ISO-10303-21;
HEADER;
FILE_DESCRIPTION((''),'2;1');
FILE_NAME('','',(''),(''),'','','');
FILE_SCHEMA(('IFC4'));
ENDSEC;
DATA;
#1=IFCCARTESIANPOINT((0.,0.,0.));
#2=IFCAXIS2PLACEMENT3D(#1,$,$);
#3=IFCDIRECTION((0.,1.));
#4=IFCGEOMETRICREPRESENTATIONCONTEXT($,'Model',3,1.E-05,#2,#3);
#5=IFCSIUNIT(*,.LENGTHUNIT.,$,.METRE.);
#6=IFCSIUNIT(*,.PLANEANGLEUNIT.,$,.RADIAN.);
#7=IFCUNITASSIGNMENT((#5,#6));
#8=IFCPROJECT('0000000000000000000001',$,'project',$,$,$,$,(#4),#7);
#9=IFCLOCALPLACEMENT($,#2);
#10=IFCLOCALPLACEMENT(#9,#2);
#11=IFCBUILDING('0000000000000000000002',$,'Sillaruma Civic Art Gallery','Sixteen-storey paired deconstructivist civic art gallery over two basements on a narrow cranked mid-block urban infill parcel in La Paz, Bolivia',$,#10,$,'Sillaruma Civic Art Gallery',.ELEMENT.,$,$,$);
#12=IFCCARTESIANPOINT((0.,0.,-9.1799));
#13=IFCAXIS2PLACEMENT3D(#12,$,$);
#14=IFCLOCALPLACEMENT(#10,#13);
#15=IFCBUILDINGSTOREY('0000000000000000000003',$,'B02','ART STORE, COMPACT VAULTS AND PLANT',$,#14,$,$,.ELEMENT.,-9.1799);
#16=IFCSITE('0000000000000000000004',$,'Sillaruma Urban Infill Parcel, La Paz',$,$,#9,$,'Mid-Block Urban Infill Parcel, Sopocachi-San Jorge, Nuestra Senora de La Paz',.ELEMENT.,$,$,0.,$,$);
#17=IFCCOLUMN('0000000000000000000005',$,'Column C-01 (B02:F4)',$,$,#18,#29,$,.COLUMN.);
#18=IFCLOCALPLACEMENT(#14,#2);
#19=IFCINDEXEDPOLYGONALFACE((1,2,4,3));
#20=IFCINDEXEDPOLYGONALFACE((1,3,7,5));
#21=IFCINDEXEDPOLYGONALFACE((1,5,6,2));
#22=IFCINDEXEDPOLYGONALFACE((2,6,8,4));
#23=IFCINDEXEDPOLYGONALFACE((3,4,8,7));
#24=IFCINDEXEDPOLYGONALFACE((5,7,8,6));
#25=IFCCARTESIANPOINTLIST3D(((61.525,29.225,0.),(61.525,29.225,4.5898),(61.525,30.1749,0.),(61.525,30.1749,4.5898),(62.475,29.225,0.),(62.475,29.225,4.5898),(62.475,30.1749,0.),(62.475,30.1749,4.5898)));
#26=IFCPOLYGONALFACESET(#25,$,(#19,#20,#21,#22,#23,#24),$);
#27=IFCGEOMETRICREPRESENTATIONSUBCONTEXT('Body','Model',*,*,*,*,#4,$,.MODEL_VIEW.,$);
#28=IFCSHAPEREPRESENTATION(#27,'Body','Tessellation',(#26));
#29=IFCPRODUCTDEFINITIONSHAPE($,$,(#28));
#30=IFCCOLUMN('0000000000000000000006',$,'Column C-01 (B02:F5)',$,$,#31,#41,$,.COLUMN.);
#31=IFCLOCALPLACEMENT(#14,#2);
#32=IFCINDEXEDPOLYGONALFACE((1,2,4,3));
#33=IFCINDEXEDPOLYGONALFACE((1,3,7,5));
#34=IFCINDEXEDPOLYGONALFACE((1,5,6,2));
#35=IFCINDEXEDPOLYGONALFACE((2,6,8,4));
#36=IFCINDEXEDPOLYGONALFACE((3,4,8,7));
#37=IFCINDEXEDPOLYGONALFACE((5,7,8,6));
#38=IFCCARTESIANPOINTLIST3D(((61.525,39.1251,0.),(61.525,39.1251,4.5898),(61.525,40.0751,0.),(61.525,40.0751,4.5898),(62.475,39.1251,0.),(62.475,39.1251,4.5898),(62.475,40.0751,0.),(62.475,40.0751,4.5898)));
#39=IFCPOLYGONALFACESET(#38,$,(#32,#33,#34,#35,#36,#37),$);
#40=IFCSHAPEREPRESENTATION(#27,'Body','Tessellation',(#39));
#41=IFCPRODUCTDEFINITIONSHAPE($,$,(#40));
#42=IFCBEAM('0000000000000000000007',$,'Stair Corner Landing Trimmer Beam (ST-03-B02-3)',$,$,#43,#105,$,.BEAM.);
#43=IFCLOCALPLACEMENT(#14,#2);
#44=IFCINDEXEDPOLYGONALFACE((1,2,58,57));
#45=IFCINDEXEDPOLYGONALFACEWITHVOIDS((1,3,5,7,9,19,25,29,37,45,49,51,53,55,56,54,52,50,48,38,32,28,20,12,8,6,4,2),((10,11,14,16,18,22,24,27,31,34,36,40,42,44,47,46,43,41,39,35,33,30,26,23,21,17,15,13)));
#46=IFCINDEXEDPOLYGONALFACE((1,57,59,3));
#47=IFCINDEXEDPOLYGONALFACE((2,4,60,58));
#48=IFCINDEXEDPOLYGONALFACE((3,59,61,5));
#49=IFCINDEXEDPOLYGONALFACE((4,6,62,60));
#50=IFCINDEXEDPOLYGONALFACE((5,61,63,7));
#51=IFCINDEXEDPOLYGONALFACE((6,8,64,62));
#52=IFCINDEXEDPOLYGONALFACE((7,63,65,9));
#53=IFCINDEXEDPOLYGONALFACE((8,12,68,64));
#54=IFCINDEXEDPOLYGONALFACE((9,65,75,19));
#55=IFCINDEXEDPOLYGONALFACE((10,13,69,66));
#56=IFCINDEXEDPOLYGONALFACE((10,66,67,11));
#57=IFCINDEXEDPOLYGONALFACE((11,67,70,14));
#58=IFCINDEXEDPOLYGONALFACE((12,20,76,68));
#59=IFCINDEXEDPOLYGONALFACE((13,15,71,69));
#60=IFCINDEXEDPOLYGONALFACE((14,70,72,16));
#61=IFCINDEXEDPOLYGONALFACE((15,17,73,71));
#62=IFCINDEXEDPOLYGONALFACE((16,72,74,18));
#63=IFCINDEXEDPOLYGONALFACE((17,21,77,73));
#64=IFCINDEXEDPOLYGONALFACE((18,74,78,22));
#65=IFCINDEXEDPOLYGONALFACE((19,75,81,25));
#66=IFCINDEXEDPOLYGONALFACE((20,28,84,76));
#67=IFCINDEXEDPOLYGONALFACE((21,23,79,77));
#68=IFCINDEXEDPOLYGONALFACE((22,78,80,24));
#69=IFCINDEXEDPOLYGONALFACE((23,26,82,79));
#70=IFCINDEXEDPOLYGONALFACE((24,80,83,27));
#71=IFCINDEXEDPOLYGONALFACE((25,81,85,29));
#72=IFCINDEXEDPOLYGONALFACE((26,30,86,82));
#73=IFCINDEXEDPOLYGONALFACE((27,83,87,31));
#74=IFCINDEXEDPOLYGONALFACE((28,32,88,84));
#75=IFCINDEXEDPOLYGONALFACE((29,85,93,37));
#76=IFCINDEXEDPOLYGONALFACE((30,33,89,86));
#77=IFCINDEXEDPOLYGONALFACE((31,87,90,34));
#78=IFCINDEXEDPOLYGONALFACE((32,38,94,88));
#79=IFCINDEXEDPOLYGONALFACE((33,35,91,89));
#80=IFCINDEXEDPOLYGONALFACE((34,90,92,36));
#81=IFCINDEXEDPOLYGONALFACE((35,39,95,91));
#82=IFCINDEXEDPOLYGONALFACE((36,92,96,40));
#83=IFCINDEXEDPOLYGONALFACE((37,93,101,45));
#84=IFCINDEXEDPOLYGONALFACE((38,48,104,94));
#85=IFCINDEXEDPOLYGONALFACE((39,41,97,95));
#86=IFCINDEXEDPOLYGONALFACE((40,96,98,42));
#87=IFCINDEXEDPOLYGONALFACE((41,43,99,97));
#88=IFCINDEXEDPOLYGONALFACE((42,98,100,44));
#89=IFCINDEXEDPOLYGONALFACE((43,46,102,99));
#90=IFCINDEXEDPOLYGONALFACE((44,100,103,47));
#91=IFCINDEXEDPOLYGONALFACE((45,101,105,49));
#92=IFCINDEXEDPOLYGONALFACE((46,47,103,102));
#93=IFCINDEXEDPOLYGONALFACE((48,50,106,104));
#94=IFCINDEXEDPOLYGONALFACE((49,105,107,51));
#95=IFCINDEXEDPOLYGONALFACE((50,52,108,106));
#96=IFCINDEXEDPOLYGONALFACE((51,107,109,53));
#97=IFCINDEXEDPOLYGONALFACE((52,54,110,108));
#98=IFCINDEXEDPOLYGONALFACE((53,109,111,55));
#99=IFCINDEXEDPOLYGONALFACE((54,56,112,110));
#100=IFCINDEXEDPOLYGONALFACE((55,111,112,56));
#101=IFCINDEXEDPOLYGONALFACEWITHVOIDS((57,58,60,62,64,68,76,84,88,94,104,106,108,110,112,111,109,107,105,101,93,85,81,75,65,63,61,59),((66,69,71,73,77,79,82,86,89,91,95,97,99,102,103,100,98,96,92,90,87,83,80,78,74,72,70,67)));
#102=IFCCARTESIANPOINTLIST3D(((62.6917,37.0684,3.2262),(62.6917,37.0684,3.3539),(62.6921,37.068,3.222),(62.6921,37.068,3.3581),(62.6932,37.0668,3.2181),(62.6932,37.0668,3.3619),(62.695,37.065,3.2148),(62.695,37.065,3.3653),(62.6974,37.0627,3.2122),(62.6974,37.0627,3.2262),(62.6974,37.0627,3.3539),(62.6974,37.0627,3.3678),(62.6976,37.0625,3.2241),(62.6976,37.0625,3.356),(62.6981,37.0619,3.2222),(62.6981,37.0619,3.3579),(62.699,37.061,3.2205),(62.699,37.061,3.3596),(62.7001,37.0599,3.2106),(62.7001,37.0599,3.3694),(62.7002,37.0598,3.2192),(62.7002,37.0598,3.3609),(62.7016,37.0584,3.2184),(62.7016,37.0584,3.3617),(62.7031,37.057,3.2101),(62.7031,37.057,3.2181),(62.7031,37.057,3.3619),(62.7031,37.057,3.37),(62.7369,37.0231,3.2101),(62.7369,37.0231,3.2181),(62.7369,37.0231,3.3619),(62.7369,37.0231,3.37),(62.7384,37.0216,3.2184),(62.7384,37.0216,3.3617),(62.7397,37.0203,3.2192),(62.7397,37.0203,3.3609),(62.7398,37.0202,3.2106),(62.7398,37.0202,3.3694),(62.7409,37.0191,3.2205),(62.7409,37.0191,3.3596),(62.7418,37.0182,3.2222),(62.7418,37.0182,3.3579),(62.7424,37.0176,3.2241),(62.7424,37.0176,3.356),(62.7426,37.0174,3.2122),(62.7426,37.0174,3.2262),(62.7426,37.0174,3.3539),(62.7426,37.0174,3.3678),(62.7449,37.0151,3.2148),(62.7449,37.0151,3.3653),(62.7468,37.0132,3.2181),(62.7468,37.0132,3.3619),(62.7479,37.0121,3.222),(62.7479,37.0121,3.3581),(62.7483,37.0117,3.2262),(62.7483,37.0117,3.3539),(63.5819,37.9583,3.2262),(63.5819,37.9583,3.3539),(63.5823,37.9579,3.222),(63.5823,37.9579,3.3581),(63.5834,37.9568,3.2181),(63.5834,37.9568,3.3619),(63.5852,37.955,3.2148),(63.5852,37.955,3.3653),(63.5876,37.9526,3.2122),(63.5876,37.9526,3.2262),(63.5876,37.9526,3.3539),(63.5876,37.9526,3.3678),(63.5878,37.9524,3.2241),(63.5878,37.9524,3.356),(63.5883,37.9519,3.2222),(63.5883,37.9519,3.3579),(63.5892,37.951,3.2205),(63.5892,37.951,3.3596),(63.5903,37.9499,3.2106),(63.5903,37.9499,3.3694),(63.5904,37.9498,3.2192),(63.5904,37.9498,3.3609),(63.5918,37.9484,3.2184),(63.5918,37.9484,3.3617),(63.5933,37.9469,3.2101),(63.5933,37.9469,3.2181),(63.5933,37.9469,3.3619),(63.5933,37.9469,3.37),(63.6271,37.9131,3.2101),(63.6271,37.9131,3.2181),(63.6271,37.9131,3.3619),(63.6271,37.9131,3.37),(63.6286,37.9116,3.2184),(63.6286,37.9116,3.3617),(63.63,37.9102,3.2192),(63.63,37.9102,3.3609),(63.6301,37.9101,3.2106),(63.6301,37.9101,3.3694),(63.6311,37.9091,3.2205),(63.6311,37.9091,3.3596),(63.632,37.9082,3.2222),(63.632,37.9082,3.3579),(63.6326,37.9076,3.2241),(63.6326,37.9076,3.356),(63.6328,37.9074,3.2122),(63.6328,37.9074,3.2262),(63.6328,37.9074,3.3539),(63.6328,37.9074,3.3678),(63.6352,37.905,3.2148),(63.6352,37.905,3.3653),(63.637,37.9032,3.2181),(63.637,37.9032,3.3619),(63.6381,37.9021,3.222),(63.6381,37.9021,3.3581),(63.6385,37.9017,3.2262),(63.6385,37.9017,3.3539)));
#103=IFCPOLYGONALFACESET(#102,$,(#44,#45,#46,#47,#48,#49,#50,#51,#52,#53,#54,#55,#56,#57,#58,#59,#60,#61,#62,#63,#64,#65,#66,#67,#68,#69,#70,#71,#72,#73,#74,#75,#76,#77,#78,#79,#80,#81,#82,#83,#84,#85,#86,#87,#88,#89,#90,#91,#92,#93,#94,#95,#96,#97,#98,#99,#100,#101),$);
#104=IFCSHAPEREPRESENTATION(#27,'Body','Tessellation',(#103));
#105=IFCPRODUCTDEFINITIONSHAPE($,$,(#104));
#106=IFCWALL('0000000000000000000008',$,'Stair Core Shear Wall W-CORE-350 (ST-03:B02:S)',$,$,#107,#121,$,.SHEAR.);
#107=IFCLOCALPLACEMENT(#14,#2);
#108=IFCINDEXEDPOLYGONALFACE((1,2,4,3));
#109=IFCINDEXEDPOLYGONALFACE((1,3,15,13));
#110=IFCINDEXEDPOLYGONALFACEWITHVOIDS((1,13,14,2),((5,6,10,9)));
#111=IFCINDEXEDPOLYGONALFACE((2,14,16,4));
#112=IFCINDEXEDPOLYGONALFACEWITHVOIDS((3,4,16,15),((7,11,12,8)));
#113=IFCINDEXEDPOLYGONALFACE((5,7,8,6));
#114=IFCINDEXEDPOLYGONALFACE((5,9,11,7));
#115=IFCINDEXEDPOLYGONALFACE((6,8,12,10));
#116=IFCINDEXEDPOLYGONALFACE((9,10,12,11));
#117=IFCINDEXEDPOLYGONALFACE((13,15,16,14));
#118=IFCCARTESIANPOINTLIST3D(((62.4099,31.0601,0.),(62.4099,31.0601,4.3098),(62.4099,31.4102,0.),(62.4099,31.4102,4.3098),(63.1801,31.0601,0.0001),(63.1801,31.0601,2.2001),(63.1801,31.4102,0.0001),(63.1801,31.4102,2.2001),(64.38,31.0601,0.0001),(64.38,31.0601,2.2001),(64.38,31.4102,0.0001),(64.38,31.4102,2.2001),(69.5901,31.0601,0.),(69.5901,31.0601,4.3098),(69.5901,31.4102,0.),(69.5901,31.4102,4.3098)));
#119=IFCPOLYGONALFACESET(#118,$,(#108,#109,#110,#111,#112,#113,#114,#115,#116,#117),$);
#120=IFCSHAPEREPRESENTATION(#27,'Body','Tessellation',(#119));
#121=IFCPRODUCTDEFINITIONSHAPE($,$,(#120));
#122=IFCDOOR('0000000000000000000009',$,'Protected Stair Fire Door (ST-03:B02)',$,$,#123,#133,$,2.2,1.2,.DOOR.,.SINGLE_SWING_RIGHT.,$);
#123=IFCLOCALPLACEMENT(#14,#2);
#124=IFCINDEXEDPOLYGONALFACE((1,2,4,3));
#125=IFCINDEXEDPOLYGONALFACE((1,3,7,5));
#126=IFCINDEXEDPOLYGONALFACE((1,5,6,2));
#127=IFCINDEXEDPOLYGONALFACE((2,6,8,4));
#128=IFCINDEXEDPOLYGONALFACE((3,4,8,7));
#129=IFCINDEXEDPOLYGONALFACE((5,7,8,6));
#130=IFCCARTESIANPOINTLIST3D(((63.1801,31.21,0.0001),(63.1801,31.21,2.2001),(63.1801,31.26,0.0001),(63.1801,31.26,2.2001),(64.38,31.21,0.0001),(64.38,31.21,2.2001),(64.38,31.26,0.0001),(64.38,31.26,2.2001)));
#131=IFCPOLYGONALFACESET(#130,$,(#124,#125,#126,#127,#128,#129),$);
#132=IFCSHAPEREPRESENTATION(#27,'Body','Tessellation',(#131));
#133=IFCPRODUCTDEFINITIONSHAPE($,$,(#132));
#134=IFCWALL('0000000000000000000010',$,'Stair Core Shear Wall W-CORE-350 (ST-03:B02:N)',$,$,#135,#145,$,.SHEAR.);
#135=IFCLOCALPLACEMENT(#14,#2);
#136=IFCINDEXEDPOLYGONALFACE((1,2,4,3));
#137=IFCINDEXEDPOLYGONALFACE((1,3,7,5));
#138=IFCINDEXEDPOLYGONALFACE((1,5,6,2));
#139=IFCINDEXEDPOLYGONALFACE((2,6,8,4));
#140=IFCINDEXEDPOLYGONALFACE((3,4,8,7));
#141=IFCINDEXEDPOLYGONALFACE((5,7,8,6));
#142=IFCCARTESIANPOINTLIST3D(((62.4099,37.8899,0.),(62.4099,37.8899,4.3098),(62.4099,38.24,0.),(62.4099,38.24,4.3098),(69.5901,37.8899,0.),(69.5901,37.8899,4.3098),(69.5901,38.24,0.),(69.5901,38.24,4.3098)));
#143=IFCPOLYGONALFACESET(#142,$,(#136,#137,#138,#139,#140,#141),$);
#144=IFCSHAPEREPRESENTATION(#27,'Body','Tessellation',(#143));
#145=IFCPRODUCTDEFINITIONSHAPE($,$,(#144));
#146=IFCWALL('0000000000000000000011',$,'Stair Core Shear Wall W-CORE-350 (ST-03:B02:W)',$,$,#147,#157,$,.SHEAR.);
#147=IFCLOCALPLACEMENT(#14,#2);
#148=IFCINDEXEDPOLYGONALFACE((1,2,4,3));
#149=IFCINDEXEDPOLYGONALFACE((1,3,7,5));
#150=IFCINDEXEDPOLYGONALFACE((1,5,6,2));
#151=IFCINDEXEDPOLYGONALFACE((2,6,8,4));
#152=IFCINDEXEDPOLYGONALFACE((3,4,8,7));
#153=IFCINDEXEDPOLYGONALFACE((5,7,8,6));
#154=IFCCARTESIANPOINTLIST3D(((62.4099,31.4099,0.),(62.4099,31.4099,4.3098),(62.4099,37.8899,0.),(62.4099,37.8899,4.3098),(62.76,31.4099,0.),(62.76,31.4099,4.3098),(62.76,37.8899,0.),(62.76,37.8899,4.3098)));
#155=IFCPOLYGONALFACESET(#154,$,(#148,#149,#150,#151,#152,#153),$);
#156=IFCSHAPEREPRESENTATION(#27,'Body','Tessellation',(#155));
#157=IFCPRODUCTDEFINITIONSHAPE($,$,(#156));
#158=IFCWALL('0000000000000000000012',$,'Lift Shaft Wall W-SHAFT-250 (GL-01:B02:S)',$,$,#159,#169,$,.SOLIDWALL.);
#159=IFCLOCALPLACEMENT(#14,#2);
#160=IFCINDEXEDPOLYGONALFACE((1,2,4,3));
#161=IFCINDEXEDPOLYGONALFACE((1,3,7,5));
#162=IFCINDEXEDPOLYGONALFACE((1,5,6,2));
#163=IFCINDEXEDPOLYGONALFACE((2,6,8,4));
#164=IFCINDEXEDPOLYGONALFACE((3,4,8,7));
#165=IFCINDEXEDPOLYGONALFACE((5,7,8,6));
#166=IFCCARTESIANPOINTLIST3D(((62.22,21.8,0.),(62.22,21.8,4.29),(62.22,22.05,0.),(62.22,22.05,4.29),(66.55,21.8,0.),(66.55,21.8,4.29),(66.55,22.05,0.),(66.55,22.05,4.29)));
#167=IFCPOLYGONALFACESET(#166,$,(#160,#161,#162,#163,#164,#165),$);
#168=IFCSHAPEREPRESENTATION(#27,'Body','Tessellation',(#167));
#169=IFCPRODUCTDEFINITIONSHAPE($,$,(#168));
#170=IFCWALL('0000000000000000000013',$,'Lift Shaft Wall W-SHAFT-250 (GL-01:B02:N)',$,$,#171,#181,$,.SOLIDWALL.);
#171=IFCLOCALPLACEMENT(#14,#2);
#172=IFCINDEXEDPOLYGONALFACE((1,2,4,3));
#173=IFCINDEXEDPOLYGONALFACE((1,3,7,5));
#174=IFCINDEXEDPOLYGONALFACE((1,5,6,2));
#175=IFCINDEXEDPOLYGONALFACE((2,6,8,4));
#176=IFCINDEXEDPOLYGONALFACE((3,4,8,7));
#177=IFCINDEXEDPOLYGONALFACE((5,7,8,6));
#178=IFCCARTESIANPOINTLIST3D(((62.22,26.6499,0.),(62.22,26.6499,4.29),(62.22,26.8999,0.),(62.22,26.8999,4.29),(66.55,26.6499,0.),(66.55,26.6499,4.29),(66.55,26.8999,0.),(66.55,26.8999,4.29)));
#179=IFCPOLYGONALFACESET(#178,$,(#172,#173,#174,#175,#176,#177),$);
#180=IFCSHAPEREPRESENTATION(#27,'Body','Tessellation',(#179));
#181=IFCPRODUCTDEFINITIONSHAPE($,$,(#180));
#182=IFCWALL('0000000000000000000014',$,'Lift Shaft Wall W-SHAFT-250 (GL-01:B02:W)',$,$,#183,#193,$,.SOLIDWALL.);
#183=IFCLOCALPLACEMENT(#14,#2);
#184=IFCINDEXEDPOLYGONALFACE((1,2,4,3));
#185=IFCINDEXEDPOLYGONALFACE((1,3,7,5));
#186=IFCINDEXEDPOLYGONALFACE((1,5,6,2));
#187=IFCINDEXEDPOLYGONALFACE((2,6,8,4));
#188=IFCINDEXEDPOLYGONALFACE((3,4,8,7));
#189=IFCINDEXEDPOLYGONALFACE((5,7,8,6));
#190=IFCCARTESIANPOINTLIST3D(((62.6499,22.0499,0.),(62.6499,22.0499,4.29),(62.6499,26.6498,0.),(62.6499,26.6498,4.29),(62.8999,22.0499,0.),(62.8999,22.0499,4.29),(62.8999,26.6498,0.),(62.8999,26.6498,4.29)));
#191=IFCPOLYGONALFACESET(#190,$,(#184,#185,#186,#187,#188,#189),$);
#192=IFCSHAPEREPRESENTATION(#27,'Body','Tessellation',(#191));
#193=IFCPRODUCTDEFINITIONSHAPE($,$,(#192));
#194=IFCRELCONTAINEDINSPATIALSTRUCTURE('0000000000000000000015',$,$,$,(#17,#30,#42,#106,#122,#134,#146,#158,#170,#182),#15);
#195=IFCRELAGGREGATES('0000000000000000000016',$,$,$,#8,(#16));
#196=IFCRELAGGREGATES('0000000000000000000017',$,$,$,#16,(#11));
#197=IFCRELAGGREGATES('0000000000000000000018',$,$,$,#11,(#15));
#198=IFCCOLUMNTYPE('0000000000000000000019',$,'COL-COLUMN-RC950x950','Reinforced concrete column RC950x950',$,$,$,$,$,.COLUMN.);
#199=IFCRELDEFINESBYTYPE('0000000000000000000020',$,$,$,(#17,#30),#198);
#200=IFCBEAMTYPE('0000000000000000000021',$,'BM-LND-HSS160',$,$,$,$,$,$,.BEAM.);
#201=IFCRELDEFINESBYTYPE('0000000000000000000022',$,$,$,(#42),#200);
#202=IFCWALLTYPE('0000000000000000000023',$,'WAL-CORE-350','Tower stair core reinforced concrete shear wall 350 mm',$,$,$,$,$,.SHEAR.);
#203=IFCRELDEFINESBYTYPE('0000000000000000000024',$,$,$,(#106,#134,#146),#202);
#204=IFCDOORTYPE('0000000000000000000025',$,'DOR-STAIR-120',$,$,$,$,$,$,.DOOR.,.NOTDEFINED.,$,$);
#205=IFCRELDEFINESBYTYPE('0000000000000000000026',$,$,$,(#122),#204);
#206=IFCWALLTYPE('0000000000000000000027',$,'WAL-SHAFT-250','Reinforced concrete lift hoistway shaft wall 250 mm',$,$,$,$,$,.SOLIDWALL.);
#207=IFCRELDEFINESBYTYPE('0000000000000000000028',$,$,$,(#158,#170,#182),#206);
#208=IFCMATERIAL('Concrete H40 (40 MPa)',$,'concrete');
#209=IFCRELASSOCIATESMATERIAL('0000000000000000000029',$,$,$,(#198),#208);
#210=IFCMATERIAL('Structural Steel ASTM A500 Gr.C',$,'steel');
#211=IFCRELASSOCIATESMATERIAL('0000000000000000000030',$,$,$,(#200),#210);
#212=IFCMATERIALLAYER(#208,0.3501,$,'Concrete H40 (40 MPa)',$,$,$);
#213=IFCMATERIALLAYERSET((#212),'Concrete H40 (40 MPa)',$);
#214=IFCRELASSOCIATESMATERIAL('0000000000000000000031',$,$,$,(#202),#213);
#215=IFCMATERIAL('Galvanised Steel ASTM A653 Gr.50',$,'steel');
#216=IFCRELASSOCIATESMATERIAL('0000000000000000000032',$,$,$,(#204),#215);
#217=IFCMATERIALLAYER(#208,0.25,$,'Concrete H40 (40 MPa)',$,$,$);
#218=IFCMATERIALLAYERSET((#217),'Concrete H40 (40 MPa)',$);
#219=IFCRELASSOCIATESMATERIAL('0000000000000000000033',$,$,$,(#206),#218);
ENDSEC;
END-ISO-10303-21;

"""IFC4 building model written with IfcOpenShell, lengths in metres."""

from ifc_helpers import new_model, si_unit, direction, frame, frame_2d, origin, origin_2d, place, context, subcontext, project, spatial, rectangle, hollow_rectangle, extrude, material, layer, layer_set, material_profile, profile_set, type_object, element, fill, save


model = new_model("IFC4")

# Units and contexts
model_context = context("Model", 3, precision=1e-05, world=origin(), true_north=direction((0.0, 1.0)))
body_context = subcontext(model_context, "Body", "Model", "MODEL_VIEW")
ifc_project = project(units=[si_unit("LENGTHUNIT", "METRE"), si_unit("PLANEANGLEUNIT", "RADIAN")], contexts=[model_context])

# Site, building, storey
site_placement = place(None, origin())
site = spatial("IfcSite", under=ifc_project, at=site_placement, Name="Sillaruma Urban Infill Parcel, La Paz", LongName="Mid-Block Urban Infill Parcel, Sopocachi-San Jorge, Nuestra Senora de La Paz", CompositionType="ELEMENT", RefElevation=0.0)
building_placement = place(site_placement, origin())
building = spatial("IfcBuilding", under=site, at=building_placement, Name="Sillaruma Civic Art Gallery", Description="Sixteen-storey paired deconstructivist civic art gallery over two basements on a narrow cranked mid-block urban infill parcel in La Paz, Bolivia", LongName="Sillaruma Civic Art Gallery", CompositionType="ELEMENT")
storey_placement = place(building_placement, frame((0.0, 0.0, -9.1799)))
storey = spatial("IfcBuildingStorey", under=building, at=storey_placement, Name="B02", Description="ART STORE, COMPACT VAULTS AND PLANT", CompositionType="ELEMENT", Elevation=-9.1799)

# Columns
ifc_material_1 = material(Name="Concrete H40 (40 MPa)", Category="concrete")
ifc_material_profile_1 = material_profile(ifc_material_1, rectangle(XDim=0.95, YDim=0.95, at=origin_2d()), Name="RC950x950")
ifc_profile_set_1 = profile_set([ifc_material_profile_1], Name="Concrete H40 (40 MPa)")
column_type_1 = type_object("IfcColumnType", Name="COL-COLUMN-RC950x950", Description="Reinforced concrete column RC950x950", PredefinedType="COLUMN", material=ifc_profile_set_1)
for number, where, z_axis, x_axis, name in (
    (1, (62.0, 29.7, 0.0), (0.0, 0.0, 1.0), (1.0, 0.0, 0.0), "Column C-01 (B02:F4)"),
    (2, (62.0, 39.6001, 0.0), (0.0, 0.0, 1.0), (1.0, 0.0, 0.0), "Column C-01 (B02:F5)"),
):
    element("IfcColumn", number, at=place(storey_placement, frame(where, z_axis=z_axis, x_axis=x_axis)), inside=storey, type_object=column_type_1, Name=name, PredefinedType="COLUMN", context=body_context, shape_type="SweptSolid", body=[
        extrude(rectangle(XDim=0.95, YDim=0.95, at=origin_2d()), origin(), (0.0, 0.0, 1.0), 4.5898),
    ])

# Beam
ifc_material_2 = material(Name="Structural Steel ASTM A500 Gr.C", Category="steel")
ifc_material_profile_2 = material_profile(ifc_material_2, hollow_rectangle(XDim=0.0801, YDim=0.1599, WallThickness=0.0081, InnerFilletRadius=0.0081, OuterFilletRadius=0.0161, at=origin_2d()), Name="HSS160x80x8")
ifc_profile_set_2 = profile_set([ifc_material_profile_2], Name="Structural Steel ASTM A500 Gr.C")
beam_type = type_object("IfcBeamType", Name="BM-LND-HSS160", PredefinedType="BEAM", material=ifc_profile_set_2)
beam_placement = place(storey_placement, frame((62.72, 37.04, 3.29), z_axis=(0.707204, 0.70701, 0.0), x_axis=(-0.70701, 0.707204, 0.0)))
element("IfcBeam", 3, at=beam_placement, inside=storey, type_object=beam_type, Name="Stair Corner Landing Trimmer Beam (ST-03-B02-3)", PredefinedType="BEAM", context=body_context, shape_type="SweptSolid", body=[
    extrude(hollow_rectangle(XDim=0.0801, YDim=0.1599, WallThickness=0.0081, InnerFilletRadius=0.0081, OuterFilletRadius=0.0161, at=origin_2d()), origin(), (0.0, 0.0, 1.0), 1.2588),
])

# Wall, opening, door
ifc_layer_1 = layer(ifc_material_1, 0.3501, Name="Concrete H40 (40 MPa)")
ifc_layer_set_1 = layer_set([ifc_layer_1], Name="Concrete H40 (40 MPa)")
wall_type_1 = type_object("IfcWallType", Name="WAL-CORE-350", Description="Tower stair core reinforced concrete shear wall 350 mm", PredefinedType="SHEAR", material=ifc_layer_set_1)
wall_1_placement = place(storey_placement, frame((62.4099, 31.2351, 0.0), z_axis=(0.0, 0.0, 1.0), x_axis=(1.0, 0.0, 0.0)))
wall_1 = element("IfcWall", 4, at=wall_1_placement, inside=storey, type_object=wall_type_1, Name="Stair Core Shear Wall W-CORE-350 (ST-03:B02:S)", PredefinedType="SHEAR", context=body_context, shape_type="SweptSolid", body=[
    extrude(rectangle(XDim=7.1802, YDim=0.3501, at=frame_2d((3.5901, 0.0))), origin(), (0.0, 0.0, 1.0), 4.3098),
])
opening_placement = place(wall_1_placement, frame((0.77, 0.0, 0.0)))
opening = element("IfcOpeningElement", 5, at=opening_placement, cuts=wall_1, PredefinedType="OPENING", context=body_context, shape_type="SweptSolid", body=[
    extrude(rectangle(XDim=1.2, YDim=2.2, at=frame_2d((0.6001, 1.1001))), frame((0.0, 0.1851, 0.0), z_axis=(0.0, -1.0, 0.0), x_axis=(1.0, 0.0, 0.0)), (0.0, 0.0, 1.0), 0.3701),
])
ifc_material_3 = material(Name="Galvanised Steel ASTM A653 Gr.50", Category="steel")
door_type = type_object("IfcDoorType", Name="DOR-STAIR-120", OperationType="NOTDEFINED", PredefinedType="DOOR", material=ifc_material_3)
door_placement = place(opening_placement, origin())
door = element("IfcDoor", 6, at=door_placement, inside=storey, type_object=door_type, Name="Protected Stair Fire Door (ST-03:B02)", OperationType="SINGLE_SWING_RIGHT", OverallHeight=2.2, OverallWidth=1.2, PredefinedType="DOOR", context=body_context, shape_type="SweptSolid", body=[
    extrude(rectangle(XDim=1.2, YDim=2.2, at=frame_2d((0.6001, 1.1001))), frame((0.0, 0.0249, 0.0), z_axis=(0.0, -1.0, 0.0), x_axis=(1.0, 0.0, 0.0)), (0.0, 0.0, 1.0), 0.05),
])
fill(opening, door)

# Walls
wall_2_placement = place(storey_placement, frame((62.4099, 38.0649, 0.0), z_axis=(0.0, 0.0, 1.0), x_axis=(1.0, 0.0, 0.0)))
element("IfcWall", 7, at=wall_2_placement, inside=storey, type_object=wall_type_1, Name="Stair Core Shear Wall W-CORE-350 (ST-03:B02:N)", PredefinedType="SHEAR", context=body_context, shape_type="SweptSolid", body=[
    extrude(rectangle(XDim=7.1802, YDim=0.3501, at=frame_2d((3.5901, 0.0))), origin(), (0.0, 0.0, 1.0), 4.3098),
])
wall_3_placement = place(storey_placement, frame((62.585, 31.4099, 0.0), z_axis=(0.0, 0.0, 1.0), x_axis=(0.0, 1.0, 0.0)))
element("IfcWall", 8, at=wall_3_placement, inside=storey, type_object=wall_type_1, Name="Stair Core Shear Wall W-CORE-350 (ST-03:B02:W)", PredefinedType="SHEAR", context=body_context, shape_type="SweptSolid", body=[
    extrude(rectangle(XDim=6.48, YDim=0.3501, at=frame_2d((3.24, 0.0))), origin(), (0.0, 0.0, 1.0), 4.3098),
])
ifc_layer_2 = layer(ifc_material_1, 0.25, Name="Concrete H40 (40 MPa)")
ifc_layer_set_2 = layer_set([ifc_layer_2], Name="Concrete H40 (40 MPa)")
wall_type_2 = type_object("IfcWallType", Name="WAL-SHAFT-250", Description="Reinforced concrete lift hoistway shaft wall 250 mm", PredefinedType="SOLIDWALL", material=ifc_layer_set_2)
for number, where, z_axis, x_axis, name in (
    (9, (62.22, 21.925, 0.0), (0.0, 0.0, 1.0), (1.0, 0.0, 0.0), "Lift Shaft Wall W-SHAFT-250 (GL-01:B02:S)"),
    (10, (62.22, 26.7749, 0.0), (0.0, 0.0, 1.0), (1.0, 0.0, 0.0), "Lift Shaft Wall W-SHAFT-250 (GL-01:B02:N)"),
):
    element("IfcWall", number, at=place(storey_placement, frame(where, z_axis=z_axis, x_axis=x_axis)), inside=storey, type_object=wall_type_2, Name=name, PredefinedType="SOLIDWALL", context=body_context, shape_type="SweptSolid", body=[
        extrude(rectangle(XDim=4.3301, YDim=0.25, at=frame_2d((2.165, 0.0))), origin(), (0.0, 0.0, 1.0), 4.29),
    ])
wall_4_placement = place(storey_placement, frame((62.7749, 22.05, 0.0), z_axis=(0.0, 0.0, 1.0), x_axis=(0.0, 1.0, 0.0)))
element("IfcWall", 11, at=wall_4_placement, inside=storey, type_object=wall_type_2, Name="Lift Shaft Wall W-SHAFT-250 (GL-01:B02:W)", PredefinedType="SOLIDWALL", context=body_context, shape_type="SweptSolid", body=[
    extrude(rectangle(XDim=4.5999, YDim=0.25, at=frame_2d((2.2998, 0.0))), origin(), (0.0, 0.0, 1.0), 4.29),
])

save(model, "model.ifc")
